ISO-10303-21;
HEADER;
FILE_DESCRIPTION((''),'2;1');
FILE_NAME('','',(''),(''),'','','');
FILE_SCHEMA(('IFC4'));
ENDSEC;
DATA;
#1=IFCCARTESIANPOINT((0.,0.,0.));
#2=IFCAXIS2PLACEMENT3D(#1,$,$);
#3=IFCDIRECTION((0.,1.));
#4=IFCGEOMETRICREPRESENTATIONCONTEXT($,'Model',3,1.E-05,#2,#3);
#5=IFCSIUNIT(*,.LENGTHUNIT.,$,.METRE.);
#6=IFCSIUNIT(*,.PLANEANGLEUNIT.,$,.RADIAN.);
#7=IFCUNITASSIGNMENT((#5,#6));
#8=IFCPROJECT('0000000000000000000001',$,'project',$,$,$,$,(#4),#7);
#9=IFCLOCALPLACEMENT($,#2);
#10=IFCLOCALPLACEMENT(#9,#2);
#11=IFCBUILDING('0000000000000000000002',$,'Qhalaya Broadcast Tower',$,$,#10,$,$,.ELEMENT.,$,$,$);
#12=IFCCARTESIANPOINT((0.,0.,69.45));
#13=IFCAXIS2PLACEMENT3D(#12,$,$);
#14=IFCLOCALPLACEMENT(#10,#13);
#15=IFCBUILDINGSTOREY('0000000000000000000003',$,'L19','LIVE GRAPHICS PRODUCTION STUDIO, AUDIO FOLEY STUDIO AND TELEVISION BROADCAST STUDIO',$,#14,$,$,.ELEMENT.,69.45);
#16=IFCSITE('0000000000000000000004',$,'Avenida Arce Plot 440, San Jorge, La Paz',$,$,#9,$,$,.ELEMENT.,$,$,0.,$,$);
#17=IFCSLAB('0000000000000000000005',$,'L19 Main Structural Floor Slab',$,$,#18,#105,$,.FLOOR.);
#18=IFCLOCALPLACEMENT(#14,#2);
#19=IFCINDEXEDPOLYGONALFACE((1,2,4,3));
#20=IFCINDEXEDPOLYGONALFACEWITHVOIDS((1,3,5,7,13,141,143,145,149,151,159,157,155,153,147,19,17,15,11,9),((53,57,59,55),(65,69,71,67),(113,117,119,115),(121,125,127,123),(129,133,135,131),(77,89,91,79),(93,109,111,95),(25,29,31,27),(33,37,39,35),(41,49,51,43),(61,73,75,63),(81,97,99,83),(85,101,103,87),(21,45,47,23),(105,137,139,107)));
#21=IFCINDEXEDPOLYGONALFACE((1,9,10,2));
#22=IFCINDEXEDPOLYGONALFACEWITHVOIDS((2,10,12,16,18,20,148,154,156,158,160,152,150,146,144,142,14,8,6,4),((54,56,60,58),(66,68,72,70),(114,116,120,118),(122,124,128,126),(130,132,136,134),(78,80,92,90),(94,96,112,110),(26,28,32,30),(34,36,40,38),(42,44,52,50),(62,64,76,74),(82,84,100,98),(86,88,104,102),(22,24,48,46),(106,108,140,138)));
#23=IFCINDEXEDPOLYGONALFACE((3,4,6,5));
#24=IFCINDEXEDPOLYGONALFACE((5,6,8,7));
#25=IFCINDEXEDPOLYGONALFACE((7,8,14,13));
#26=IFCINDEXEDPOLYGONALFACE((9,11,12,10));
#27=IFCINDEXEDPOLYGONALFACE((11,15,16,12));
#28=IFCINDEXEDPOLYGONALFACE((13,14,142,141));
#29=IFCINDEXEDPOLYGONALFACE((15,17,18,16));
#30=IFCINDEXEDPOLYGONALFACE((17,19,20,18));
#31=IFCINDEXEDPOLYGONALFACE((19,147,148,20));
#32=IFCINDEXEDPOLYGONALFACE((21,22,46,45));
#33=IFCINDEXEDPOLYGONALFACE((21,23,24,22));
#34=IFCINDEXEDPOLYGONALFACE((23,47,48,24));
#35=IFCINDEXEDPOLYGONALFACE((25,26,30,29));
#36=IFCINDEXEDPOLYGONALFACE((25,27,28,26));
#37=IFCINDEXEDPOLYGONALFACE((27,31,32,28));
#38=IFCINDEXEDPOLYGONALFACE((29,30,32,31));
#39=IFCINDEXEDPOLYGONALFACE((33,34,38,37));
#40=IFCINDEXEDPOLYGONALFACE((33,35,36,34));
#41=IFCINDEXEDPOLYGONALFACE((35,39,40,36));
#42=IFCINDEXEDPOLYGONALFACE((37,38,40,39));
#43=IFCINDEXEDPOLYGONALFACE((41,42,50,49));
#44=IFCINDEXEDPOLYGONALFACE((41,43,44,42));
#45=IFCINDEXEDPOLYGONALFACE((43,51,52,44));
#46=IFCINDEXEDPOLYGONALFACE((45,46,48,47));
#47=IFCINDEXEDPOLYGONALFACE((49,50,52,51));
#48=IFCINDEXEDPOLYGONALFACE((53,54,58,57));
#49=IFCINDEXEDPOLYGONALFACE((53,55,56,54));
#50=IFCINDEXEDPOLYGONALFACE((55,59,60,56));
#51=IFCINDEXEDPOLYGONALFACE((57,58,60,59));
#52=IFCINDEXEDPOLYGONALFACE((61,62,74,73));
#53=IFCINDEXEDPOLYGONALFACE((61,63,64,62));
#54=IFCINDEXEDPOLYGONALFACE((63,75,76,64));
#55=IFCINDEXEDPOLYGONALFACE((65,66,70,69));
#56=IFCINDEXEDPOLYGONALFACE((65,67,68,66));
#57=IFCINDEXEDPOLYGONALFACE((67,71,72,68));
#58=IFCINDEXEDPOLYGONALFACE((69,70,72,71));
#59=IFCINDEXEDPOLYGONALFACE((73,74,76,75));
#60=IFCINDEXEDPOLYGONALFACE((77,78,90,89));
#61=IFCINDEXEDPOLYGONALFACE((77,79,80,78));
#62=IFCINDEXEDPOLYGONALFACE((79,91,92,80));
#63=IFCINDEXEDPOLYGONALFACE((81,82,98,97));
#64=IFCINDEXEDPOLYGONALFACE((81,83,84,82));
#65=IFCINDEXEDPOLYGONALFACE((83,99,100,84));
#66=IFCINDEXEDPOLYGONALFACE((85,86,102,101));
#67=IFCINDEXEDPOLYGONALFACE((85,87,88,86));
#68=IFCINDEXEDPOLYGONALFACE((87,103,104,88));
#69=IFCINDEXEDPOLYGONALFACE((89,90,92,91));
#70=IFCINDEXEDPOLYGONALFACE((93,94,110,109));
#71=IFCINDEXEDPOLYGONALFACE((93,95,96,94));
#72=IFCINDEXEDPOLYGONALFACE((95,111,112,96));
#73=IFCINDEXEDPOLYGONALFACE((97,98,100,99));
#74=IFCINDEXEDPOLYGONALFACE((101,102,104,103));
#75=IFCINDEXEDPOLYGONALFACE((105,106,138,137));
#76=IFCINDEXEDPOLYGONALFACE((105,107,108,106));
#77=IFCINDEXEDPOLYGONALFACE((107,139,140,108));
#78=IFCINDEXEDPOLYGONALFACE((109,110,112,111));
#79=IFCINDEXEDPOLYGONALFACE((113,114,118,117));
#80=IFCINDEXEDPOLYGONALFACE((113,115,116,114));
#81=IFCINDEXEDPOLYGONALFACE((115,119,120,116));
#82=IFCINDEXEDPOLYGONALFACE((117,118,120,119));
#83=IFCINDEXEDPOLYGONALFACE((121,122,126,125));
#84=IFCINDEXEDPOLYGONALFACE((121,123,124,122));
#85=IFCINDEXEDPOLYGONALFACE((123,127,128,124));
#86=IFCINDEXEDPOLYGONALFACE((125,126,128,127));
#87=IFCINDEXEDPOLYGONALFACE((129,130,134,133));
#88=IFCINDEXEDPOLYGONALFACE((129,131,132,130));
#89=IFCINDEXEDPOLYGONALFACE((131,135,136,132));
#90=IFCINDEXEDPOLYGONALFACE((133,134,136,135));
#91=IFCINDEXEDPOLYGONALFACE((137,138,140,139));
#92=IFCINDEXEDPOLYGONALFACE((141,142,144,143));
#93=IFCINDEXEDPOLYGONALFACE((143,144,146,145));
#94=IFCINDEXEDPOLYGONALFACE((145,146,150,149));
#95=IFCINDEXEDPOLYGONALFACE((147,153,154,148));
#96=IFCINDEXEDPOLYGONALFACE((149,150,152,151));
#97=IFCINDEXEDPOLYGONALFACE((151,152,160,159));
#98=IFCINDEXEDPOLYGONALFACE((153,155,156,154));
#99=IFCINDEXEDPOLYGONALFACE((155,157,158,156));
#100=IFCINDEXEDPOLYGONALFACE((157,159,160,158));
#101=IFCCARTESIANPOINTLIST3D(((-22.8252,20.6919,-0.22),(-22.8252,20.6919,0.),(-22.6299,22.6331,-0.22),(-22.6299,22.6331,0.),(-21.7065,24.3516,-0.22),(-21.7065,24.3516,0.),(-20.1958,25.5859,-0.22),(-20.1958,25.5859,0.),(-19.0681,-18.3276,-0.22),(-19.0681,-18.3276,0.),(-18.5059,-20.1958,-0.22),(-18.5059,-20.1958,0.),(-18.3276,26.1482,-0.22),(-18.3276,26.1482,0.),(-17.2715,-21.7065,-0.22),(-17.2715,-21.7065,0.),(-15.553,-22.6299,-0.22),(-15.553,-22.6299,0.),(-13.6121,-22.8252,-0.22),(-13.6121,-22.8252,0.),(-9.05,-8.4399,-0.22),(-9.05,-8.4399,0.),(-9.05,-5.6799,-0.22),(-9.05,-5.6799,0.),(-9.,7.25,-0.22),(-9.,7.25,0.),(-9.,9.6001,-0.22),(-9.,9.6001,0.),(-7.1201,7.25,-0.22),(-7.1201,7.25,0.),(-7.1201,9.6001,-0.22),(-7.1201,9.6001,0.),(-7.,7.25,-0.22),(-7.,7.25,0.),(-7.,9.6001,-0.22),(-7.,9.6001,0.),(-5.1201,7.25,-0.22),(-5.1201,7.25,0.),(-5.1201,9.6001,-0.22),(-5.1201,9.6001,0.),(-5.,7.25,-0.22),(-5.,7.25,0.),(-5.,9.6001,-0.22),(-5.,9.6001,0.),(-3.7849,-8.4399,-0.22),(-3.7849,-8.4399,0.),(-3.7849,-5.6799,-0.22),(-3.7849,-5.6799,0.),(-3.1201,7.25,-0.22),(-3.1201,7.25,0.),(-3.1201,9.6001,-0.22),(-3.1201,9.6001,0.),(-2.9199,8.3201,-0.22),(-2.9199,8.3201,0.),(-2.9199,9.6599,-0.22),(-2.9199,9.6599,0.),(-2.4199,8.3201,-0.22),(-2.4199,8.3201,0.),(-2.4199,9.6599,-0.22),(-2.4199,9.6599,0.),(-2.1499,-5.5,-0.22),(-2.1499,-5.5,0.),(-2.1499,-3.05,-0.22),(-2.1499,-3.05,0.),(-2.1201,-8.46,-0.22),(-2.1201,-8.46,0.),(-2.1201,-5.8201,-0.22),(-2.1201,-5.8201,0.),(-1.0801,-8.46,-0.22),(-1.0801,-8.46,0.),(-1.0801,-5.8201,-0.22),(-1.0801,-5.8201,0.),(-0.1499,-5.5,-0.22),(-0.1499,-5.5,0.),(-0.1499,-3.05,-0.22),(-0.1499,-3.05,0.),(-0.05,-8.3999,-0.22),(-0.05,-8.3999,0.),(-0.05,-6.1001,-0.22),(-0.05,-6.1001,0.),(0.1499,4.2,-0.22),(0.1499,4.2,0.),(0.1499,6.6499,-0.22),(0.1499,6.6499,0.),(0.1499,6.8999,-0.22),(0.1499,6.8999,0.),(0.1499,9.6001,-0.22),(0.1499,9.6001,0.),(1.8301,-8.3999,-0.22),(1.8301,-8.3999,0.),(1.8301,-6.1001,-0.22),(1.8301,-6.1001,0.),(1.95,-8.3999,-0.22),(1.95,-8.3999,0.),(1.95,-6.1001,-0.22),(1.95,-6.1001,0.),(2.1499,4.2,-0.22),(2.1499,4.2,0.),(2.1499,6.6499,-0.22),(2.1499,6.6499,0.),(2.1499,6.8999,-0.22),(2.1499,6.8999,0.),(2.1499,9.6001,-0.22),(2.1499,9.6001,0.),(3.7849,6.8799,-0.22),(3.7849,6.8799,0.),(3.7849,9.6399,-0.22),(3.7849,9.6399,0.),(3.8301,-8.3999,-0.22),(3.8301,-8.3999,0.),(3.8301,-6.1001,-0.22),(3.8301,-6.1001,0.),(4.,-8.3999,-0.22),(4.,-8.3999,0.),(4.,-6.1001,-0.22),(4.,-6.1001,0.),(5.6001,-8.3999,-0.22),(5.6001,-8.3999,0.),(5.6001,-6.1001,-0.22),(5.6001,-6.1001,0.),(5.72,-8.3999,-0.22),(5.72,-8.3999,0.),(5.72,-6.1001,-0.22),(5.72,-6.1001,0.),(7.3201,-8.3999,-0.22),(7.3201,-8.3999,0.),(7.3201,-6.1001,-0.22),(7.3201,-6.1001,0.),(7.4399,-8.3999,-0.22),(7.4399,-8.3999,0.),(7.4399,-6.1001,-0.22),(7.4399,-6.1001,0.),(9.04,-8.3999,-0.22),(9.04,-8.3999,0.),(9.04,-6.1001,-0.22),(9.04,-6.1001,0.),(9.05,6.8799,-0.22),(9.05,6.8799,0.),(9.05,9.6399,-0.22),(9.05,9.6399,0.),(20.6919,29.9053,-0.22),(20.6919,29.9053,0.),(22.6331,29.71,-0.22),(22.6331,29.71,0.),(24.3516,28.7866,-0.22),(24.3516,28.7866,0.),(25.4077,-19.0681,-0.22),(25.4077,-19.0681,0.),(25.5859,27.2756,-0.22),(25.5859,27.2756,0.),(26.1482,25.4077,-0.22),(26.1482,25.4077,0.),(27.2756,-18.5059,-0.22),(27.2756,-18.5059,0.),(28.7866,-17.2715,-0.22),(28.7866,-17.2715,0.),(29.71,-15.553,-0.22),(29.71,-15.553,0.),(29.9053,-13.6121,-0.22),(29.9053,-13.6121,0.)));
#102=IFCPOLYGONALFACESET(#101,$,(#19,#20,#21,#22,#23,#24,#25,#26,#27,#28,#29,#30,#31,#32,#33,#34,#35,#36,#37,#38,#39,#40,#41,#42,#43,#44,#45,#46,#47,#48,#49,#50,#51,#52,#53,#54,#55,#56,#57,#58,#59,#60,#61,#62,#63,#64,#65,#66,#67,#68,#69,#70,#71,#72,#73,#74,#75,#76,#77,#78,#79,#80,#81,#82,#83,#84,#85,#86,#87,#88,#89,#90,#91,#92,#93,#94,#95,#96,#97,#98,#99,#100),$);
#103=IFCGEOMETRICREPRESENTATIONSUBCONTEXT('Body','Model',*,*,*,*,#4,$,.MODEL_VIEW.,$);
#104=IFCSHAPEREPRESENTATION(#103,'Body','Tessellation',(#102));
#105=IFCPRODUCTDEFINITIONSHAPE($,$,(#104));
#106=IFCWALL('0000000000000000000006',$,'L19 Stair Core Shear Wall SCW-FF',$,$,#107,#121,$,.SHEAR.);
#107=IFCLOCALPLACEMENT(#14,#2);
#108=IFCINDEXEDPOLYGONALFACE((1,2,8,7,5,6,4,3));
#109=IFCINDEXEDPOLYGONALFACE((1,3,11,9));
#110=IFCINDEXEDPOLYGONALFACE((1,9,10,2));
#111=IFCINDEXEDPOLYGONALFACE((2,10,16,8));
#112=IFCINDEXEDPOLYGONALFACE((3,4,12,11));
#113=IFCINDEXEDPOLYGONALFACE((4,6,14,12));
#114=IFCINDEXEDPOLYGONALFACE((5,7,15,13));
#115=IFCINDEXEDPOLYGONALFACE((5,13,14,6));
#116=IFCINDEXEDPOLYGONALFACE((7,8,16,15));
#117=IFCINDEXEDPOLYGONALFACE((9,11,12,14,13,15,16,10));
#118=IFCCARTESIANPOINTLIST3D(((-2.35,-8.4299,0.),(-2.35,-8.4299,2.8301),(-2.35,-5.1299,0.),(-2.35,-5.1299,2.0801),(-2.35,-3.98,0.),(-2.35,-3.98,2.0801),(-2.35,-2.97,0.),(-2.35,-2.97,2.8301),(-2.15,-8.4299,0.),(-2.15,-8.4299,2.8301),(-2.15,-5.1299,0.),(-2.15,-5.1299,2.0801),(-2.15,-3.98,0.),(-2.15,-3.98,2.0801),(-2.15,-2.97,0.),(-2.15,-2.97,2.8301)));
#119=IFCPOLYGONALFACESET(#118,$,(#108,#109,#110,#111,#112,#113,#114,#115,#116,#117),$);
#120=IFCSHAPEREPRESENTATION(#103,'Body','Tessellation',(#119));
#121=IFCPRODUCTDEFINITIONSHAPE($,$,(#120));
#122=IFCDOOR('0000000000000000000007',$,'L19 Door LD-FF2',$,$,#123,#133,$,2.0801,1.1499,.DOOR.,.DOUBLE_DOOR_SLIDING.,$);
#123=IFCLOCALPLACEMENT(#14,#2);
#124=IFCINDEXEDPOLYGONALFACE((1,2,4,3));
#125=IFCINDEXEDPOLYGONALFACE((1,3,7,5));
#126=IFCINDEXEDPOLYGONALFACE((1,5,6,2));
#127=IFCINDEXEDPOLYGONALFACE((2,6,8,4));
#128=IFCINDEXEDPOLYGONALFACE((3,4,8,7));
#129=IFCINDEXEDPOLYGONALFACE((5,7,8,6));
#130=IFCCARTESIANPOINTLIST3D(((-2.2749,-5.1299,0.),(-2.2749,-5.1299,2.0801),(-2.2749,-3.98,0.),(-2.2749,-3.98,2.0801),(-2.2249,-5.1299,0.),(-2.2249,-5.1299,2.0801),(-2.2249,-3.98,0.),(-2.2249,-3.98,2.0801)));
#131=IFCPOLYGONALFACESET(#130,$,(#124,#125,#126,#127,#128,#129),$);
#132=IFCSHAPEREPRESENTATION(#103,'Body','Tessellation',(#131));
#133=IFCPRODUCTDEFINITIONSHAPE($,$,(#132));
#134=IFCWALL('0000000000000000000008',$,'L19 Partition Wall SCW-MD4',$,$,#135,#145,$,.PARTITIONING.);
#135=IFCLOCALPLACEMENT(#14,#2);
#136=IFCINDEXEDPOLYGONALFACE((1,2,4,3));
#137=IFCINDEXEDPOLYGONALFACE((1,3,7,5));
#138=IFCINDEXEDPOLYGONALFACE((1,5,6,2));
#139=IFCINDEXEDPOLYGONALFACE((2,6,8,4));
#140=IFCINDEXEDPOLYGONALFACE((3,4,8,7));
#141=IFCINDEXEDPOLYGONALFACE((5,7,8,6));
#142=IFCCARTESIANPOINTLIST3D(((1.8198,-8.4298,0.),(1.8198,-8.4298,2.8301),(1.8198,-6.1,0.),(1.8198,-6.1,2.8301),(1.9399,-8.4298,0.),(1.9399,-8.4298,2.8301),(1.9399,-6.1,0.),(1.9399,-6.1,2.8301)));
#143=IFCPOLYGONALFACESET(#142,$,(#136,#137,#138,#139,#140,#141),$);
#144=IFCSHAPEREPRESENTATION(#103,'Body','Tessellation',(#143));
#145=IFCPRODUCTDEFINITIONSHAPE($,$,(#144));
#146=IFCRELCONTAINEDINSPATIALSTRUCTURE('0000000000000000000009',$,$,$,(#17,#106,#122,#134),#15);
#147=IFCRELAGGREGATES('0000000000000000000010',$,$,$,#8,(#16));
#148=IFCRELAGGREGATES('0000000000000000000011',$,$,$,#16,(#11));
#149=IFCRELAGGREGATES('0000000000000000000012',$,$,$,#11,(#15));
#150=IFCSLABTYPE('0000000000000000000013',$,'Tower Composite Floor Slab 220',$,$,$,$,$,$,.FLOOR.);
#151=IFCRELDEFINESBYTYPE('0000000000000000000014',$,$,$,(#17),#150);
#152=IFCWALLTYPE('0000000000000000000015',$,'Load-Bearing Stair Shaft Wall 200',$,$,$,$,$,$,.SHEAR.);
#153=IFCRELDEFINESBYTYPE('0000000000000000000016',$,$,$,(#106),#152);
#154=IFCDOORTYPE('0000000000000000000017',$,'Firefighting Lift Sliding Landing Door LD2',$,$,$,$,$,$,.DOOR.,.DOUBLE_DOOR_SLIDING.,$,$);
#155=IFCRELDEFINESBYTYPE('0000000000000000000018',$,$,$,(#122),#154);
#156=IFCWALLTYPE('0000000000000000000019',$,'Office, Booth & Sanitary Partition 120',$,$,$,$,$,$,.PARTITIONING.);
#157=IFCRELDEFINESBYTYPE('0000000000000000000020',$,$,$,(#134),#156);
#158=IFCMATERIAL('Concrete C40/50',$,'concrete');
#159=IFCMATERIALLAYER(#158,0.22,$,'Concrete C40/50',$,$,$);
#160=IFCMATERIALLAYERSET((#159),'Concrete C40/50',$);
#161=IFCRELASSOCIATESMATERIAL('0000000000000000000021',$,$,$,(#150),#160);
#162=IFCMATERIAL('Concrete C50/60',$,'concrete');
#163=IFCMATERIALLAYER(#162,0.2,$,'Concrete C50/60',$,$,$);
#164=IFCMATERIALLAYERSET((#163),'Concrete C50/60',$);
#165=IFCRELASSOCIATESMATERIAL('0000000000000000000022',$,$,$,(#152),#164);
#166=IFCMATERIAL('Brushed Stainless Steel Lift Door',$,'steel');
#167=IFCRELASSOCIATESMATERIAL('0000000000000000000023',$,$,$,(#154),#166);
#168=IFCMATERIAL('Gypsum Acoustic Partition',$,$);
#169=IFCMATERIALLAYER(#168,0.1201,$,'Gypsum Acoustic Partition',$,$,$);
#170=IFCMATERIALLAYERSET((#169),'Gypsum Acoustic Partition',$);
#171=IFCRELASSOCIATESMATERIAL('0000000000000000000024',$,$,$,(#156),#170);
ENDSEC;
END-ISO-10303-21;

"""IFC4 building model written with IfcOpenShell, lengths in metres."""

from ifc_helpers import new_model, si_unit, direction, frame, frame_2d, origin, place, context, subcontext, project, spatial, polyline, rectangle, outline, extrude, material, layer, layer_set, type_object, element, fill, save


model = new_model("IFC4")

# Units and contexts
model_context = context("Model", 3, precision=1e-05, world=origin(), true_north=direction((0.0, 1.0)))
body_context = subcontext(model_context, "Body", "Model", "MODEL_VIEW")
ifc_project = project(units=[si_unit("LENGTHUNIT", "METRE"), si_unit("PLANEANGLEUNIT", "RADIAN")], contexts=[model_context])

# Site, building, storey
site_placement = place(None, origin())
site = spatial("IfcSite", under=ifc_project, at=site_placement, Name="Avenida Arce Plot 440, San Jorge, La Paz", CompositionType="ELEMENT", RefElevation=0.0)
building_placement = place(site_placement, origin())
building = spatial("IfcBuilding", under=site, at=building_placement, Name="Qhalaya Broadcast Tower", CompositionType="ELEMENT")
storey_placement = place(building_placement, frame((0.0, 0.0, 69.45)))
storey = spatial("IfcBuildingStorey", under=building, at=storey_placement, Name="L19", Description="LIVE GRAPHICS PRODUCTION STUDIO, AUDIO FOLEY STUDIO AND TELEVISION BROADCAST STUDIO", CompositionType="ELEMENT", Elevation=69.45)

# Shared definitions
ifc_material_1 = material(Name="Concrete C50/60", Category="concrete")

# Shared definitions
ifc_material_2 = material(Name="Concrete C40/50", Category="concrete")

# Slab
ifc_layer_1 = layer(ifc_material_2, 0.22, Name="Concrete C40/50")
ifc_layer_set_1 = layer_set([ifc_layer_1], Name="Concrete C40/50")
slab_type_1 = type_object("IfcSlabType", Name="Tower Composite Floor Slab 220", PredefinedType="FLOOR", material=ifc_layer_set_1)
slab_1_placement = place(storey_placement, frame((0.0, 0.0, -0.22)))
element("IfcSlab", 1, at=slab_1_placement, inside=storey, type_object=slab_type_1, Name="L19 Main Structural Floor Slab", PredefinedType="FLOOR", context=body_context, shape_type="SweptSolid", body=[
    extrude(outline(polyline([(25.4077, -19.0681), (27.2756, -18.5059), (28.7866, -17.2715), (29.71, -15.553), (29.9053, -13.6121), (26.1482, 25.4077), (25.5859, 27.2756), (24.3516, 28.7866), (22.6331, 29.71), (20.6919, 29.9053), (-18.3276, 26.1482), (-20.1958, 25.5859), (-21.7065, 24.3516), (-22.6299, 22.6331), (-22.8252, 20.6919), (-19.0681, -18.3276), (-18.5059, -20.1958), (-17.2715, -21.7065), (-15.553, -22.6299), (-13.6121, -22.8252), (25.4077, -19.0681)]), holes=[polyline([(3.7849, 9.6399), (9.05, 9.6399), (9.05, 6.8799), (3.7849, 6.8799), (3.7849, 9.6399)]), polyline([(-3.7849, -8.4399), (-9.05, -8.4399), (-9.05, -5.6799), (-3.7849, -5.6799), (-3.7849, -8.4399)]), polyline([(0.1499, 6.6499), (2.1499, 6.6499), (2.1499, 4.2), (0.1499, 4.2), (0.1499, 6.6499)]), polyline([(0.1499, 9.6001), (2.1499, 9.6001), (2.1499, 6.8999), (0.1499, 6.8999), (0.1499, 9.6001)]), polyline([(-2.1499, -3.05), (-0.1499, -3.05), (-0.1499, -5.5), (-2.1499, -5.5), (-2.1499, -3.05)]), polyline([(-9.0, 9.6001), (-7.1201, 9.6001), (-7.1201, 7.25), (-9.0, 7.25), (-9.0, 9.6001)]), polyline([(-7.0, 9.6001), (-5.1201, 9.6001), (-5.1201, 7.25), (-7.0, 7.25), (-7.0, 9.6001)]), polyline([(-5.0, 9.6001), (-3.1201, 9.6001), (-3.1201, 7.25), (-5.0, 7.25), (-5.0, 9.6001)]), polyline([(-0.05, -6.1001), (1.8301, -6.1001), (1.8301, -8.3999), (-0.05, -8.3999), (-0.05, -6.1001)]), polyline([(1.95, -6.1001), (3.8301, -6.1001), (3.8301, -8.3999), (1.95, -8.3999), (1.95, -6.1001)]), polyline([(4.0, -6.1001), (5.6001, -6.1001), (5.6001, -8.3999), (4.0, -8.3999), (4.0, -6.1001)]), polyline([(5.72, -6.1001), (7.3201, -6.1001), (7.3201, -8.3999), (5.72, -8.3999), (5.72, -6.1001)]), polyline([(7.4399, -6.1001), (9.04, -6.1001), (9.04, -8.3999), (7.4399, -8.3999), (7.4399, -6.1001)]), polyline([(-2.9199, 9.6599), (-2.4199, 9.6599), (-2.4199, 8.3201), (-2.9199, 8.3201), (-2.9199, 9.6599)]), polyline([(-2.1201, -5.8201), (-1.0801, -5.8201), (-1.0801, -8.46), (-2.1201, -8.46), (-2.1201, -5.8201)])]), origin(), (0.0, 0.0, 1.0), 0.22),
])

# Wall, opening, door
ifc_layer_2 = layer(ifc_material_1, 0.2, Name="Concrete C50/60")
ifc_layer_set_2 = layer_set([ifc_layer_2], Name="Concrete C50/60")
wall_type_1 = type_object("IfcWallType", Name="Load-Bearing Stair Shaft Wall 200", PredefinedType="SHEAR", material=ifc_layer_set_2)
wall_1_placement = place(storey_placement, frame((-2.25, -8.4299, 0.0), z_axis=(0.0, 0.0, 1.0), x_axis=(0.0, 1.0, 0.0)))
wall_1 = element("IfcWall", 2, at=wall_1_placement, inside=storey, type_object=wall_type_1, Name="L19 Stair Core Shear Wall SCW-FF", PredefinedType="SHEAR", context=body_context, shape_type="SweptSolid", body=[
    extrude(rectangle(XDim=5.46, YDim=0.2, at=frame_2d((2.73, 0.0))), origin(), (0.0, 0.0, 1.0), 2.8301),
])
opening_1_placement = place(wall_1_placement, frame((3.3, 0.0, 0.0)))
opening_1 = element("IfcOpeningElement", 3, at=opening_1_placement, cuts=wall_1, PredefinedType="OPENING", context=body_context, shape_type="SweptSolid", body=[
    extrude(rectangle(XDim=1.1499, YDim=2.0801, at=frame_2d((0.575, 1.04))), frame((0.0, 0.1121, 0.0), z_axis=(0.0, -1.0, 0.0), x_axis=(1.0, 0.0, 0.0)), (0.0, 0.0, 1.0), 0.2239),
])
ifc_material_3 = material(Name="Brushed Stainless Steel Lift Door", Category="steel")
door_type_1 = type_object("IfcDoorType", Name="Firefighting Lift Sliding Landing Door LD2", OperationType="DOUBLE_DOOR_SLIDING", PredefinedType="DOOR", material=ifc_material_3)
door_1_placement = place(opening_1_placement, origin())
door_1 = element("IfcDoor", 4, at=door_1_placement, inside=storey, type_object=door_type_1, Name="L19 Door LD-FF2", OperationType="DOUBLE_DOOR_SLIDING", OverallHeight=2.0801, OverallWidth=1.1499, PredefinedType="DOOR", context=body_context, shape_type="SweptSolid", body=[
    extrude(rectangle(XDim=1.1499, YDim=2.0801, at=frame_2d((0.575, 1.04))), frame((0.0, 0.0249, 0.0), z_axis=(0.0, -1.0, 0.0), x_axis=(1.0, 0.0, 0.0)), (0.0, 0.0, 1.0), 0.05),
])
fill(opening_1, door_1)

# Wall
ifc_material_4 = material(Name="Gypsum Acoustic Partition")
ifc_layer_3 = layer(ifc_material_4, 0.1201, Name="Gypsum Acoustic Partition")
ifc_layer_set_3 = layer_set([ifc_layer_3], Name="Gypsum Acoustic Partition")
wall_type_2 = type_object("IfcWallType", Name="Office, Booth & Sanitary Partition 120", PredefinedType="PARTITIONING", material=ifc_layer_set_3)
wall_2_placement = place(storey_placement, frame((1.8799, -8.4299, 0.0), z_axis=(0.0, 0.0, 1.0), x_axis=(0.0, 1.0, 0.0)))
element("IfcWall", 5, at=wall_2_placement, inside=storey, type_object=wall_type_2, Name="L19 Partition Wall SCW-MD4", PredefinedType="PARTITIONING", context=body_context, shape_type="SweptSolid", body=[
    extrude(rectangle(XDim=2.3298, YDim=0.1201, at=frame_2d((1.165, 0.0))), origin(), (0.0, 0.0, 1.0), 2.8301),
])

save(model, "model.ifc")
